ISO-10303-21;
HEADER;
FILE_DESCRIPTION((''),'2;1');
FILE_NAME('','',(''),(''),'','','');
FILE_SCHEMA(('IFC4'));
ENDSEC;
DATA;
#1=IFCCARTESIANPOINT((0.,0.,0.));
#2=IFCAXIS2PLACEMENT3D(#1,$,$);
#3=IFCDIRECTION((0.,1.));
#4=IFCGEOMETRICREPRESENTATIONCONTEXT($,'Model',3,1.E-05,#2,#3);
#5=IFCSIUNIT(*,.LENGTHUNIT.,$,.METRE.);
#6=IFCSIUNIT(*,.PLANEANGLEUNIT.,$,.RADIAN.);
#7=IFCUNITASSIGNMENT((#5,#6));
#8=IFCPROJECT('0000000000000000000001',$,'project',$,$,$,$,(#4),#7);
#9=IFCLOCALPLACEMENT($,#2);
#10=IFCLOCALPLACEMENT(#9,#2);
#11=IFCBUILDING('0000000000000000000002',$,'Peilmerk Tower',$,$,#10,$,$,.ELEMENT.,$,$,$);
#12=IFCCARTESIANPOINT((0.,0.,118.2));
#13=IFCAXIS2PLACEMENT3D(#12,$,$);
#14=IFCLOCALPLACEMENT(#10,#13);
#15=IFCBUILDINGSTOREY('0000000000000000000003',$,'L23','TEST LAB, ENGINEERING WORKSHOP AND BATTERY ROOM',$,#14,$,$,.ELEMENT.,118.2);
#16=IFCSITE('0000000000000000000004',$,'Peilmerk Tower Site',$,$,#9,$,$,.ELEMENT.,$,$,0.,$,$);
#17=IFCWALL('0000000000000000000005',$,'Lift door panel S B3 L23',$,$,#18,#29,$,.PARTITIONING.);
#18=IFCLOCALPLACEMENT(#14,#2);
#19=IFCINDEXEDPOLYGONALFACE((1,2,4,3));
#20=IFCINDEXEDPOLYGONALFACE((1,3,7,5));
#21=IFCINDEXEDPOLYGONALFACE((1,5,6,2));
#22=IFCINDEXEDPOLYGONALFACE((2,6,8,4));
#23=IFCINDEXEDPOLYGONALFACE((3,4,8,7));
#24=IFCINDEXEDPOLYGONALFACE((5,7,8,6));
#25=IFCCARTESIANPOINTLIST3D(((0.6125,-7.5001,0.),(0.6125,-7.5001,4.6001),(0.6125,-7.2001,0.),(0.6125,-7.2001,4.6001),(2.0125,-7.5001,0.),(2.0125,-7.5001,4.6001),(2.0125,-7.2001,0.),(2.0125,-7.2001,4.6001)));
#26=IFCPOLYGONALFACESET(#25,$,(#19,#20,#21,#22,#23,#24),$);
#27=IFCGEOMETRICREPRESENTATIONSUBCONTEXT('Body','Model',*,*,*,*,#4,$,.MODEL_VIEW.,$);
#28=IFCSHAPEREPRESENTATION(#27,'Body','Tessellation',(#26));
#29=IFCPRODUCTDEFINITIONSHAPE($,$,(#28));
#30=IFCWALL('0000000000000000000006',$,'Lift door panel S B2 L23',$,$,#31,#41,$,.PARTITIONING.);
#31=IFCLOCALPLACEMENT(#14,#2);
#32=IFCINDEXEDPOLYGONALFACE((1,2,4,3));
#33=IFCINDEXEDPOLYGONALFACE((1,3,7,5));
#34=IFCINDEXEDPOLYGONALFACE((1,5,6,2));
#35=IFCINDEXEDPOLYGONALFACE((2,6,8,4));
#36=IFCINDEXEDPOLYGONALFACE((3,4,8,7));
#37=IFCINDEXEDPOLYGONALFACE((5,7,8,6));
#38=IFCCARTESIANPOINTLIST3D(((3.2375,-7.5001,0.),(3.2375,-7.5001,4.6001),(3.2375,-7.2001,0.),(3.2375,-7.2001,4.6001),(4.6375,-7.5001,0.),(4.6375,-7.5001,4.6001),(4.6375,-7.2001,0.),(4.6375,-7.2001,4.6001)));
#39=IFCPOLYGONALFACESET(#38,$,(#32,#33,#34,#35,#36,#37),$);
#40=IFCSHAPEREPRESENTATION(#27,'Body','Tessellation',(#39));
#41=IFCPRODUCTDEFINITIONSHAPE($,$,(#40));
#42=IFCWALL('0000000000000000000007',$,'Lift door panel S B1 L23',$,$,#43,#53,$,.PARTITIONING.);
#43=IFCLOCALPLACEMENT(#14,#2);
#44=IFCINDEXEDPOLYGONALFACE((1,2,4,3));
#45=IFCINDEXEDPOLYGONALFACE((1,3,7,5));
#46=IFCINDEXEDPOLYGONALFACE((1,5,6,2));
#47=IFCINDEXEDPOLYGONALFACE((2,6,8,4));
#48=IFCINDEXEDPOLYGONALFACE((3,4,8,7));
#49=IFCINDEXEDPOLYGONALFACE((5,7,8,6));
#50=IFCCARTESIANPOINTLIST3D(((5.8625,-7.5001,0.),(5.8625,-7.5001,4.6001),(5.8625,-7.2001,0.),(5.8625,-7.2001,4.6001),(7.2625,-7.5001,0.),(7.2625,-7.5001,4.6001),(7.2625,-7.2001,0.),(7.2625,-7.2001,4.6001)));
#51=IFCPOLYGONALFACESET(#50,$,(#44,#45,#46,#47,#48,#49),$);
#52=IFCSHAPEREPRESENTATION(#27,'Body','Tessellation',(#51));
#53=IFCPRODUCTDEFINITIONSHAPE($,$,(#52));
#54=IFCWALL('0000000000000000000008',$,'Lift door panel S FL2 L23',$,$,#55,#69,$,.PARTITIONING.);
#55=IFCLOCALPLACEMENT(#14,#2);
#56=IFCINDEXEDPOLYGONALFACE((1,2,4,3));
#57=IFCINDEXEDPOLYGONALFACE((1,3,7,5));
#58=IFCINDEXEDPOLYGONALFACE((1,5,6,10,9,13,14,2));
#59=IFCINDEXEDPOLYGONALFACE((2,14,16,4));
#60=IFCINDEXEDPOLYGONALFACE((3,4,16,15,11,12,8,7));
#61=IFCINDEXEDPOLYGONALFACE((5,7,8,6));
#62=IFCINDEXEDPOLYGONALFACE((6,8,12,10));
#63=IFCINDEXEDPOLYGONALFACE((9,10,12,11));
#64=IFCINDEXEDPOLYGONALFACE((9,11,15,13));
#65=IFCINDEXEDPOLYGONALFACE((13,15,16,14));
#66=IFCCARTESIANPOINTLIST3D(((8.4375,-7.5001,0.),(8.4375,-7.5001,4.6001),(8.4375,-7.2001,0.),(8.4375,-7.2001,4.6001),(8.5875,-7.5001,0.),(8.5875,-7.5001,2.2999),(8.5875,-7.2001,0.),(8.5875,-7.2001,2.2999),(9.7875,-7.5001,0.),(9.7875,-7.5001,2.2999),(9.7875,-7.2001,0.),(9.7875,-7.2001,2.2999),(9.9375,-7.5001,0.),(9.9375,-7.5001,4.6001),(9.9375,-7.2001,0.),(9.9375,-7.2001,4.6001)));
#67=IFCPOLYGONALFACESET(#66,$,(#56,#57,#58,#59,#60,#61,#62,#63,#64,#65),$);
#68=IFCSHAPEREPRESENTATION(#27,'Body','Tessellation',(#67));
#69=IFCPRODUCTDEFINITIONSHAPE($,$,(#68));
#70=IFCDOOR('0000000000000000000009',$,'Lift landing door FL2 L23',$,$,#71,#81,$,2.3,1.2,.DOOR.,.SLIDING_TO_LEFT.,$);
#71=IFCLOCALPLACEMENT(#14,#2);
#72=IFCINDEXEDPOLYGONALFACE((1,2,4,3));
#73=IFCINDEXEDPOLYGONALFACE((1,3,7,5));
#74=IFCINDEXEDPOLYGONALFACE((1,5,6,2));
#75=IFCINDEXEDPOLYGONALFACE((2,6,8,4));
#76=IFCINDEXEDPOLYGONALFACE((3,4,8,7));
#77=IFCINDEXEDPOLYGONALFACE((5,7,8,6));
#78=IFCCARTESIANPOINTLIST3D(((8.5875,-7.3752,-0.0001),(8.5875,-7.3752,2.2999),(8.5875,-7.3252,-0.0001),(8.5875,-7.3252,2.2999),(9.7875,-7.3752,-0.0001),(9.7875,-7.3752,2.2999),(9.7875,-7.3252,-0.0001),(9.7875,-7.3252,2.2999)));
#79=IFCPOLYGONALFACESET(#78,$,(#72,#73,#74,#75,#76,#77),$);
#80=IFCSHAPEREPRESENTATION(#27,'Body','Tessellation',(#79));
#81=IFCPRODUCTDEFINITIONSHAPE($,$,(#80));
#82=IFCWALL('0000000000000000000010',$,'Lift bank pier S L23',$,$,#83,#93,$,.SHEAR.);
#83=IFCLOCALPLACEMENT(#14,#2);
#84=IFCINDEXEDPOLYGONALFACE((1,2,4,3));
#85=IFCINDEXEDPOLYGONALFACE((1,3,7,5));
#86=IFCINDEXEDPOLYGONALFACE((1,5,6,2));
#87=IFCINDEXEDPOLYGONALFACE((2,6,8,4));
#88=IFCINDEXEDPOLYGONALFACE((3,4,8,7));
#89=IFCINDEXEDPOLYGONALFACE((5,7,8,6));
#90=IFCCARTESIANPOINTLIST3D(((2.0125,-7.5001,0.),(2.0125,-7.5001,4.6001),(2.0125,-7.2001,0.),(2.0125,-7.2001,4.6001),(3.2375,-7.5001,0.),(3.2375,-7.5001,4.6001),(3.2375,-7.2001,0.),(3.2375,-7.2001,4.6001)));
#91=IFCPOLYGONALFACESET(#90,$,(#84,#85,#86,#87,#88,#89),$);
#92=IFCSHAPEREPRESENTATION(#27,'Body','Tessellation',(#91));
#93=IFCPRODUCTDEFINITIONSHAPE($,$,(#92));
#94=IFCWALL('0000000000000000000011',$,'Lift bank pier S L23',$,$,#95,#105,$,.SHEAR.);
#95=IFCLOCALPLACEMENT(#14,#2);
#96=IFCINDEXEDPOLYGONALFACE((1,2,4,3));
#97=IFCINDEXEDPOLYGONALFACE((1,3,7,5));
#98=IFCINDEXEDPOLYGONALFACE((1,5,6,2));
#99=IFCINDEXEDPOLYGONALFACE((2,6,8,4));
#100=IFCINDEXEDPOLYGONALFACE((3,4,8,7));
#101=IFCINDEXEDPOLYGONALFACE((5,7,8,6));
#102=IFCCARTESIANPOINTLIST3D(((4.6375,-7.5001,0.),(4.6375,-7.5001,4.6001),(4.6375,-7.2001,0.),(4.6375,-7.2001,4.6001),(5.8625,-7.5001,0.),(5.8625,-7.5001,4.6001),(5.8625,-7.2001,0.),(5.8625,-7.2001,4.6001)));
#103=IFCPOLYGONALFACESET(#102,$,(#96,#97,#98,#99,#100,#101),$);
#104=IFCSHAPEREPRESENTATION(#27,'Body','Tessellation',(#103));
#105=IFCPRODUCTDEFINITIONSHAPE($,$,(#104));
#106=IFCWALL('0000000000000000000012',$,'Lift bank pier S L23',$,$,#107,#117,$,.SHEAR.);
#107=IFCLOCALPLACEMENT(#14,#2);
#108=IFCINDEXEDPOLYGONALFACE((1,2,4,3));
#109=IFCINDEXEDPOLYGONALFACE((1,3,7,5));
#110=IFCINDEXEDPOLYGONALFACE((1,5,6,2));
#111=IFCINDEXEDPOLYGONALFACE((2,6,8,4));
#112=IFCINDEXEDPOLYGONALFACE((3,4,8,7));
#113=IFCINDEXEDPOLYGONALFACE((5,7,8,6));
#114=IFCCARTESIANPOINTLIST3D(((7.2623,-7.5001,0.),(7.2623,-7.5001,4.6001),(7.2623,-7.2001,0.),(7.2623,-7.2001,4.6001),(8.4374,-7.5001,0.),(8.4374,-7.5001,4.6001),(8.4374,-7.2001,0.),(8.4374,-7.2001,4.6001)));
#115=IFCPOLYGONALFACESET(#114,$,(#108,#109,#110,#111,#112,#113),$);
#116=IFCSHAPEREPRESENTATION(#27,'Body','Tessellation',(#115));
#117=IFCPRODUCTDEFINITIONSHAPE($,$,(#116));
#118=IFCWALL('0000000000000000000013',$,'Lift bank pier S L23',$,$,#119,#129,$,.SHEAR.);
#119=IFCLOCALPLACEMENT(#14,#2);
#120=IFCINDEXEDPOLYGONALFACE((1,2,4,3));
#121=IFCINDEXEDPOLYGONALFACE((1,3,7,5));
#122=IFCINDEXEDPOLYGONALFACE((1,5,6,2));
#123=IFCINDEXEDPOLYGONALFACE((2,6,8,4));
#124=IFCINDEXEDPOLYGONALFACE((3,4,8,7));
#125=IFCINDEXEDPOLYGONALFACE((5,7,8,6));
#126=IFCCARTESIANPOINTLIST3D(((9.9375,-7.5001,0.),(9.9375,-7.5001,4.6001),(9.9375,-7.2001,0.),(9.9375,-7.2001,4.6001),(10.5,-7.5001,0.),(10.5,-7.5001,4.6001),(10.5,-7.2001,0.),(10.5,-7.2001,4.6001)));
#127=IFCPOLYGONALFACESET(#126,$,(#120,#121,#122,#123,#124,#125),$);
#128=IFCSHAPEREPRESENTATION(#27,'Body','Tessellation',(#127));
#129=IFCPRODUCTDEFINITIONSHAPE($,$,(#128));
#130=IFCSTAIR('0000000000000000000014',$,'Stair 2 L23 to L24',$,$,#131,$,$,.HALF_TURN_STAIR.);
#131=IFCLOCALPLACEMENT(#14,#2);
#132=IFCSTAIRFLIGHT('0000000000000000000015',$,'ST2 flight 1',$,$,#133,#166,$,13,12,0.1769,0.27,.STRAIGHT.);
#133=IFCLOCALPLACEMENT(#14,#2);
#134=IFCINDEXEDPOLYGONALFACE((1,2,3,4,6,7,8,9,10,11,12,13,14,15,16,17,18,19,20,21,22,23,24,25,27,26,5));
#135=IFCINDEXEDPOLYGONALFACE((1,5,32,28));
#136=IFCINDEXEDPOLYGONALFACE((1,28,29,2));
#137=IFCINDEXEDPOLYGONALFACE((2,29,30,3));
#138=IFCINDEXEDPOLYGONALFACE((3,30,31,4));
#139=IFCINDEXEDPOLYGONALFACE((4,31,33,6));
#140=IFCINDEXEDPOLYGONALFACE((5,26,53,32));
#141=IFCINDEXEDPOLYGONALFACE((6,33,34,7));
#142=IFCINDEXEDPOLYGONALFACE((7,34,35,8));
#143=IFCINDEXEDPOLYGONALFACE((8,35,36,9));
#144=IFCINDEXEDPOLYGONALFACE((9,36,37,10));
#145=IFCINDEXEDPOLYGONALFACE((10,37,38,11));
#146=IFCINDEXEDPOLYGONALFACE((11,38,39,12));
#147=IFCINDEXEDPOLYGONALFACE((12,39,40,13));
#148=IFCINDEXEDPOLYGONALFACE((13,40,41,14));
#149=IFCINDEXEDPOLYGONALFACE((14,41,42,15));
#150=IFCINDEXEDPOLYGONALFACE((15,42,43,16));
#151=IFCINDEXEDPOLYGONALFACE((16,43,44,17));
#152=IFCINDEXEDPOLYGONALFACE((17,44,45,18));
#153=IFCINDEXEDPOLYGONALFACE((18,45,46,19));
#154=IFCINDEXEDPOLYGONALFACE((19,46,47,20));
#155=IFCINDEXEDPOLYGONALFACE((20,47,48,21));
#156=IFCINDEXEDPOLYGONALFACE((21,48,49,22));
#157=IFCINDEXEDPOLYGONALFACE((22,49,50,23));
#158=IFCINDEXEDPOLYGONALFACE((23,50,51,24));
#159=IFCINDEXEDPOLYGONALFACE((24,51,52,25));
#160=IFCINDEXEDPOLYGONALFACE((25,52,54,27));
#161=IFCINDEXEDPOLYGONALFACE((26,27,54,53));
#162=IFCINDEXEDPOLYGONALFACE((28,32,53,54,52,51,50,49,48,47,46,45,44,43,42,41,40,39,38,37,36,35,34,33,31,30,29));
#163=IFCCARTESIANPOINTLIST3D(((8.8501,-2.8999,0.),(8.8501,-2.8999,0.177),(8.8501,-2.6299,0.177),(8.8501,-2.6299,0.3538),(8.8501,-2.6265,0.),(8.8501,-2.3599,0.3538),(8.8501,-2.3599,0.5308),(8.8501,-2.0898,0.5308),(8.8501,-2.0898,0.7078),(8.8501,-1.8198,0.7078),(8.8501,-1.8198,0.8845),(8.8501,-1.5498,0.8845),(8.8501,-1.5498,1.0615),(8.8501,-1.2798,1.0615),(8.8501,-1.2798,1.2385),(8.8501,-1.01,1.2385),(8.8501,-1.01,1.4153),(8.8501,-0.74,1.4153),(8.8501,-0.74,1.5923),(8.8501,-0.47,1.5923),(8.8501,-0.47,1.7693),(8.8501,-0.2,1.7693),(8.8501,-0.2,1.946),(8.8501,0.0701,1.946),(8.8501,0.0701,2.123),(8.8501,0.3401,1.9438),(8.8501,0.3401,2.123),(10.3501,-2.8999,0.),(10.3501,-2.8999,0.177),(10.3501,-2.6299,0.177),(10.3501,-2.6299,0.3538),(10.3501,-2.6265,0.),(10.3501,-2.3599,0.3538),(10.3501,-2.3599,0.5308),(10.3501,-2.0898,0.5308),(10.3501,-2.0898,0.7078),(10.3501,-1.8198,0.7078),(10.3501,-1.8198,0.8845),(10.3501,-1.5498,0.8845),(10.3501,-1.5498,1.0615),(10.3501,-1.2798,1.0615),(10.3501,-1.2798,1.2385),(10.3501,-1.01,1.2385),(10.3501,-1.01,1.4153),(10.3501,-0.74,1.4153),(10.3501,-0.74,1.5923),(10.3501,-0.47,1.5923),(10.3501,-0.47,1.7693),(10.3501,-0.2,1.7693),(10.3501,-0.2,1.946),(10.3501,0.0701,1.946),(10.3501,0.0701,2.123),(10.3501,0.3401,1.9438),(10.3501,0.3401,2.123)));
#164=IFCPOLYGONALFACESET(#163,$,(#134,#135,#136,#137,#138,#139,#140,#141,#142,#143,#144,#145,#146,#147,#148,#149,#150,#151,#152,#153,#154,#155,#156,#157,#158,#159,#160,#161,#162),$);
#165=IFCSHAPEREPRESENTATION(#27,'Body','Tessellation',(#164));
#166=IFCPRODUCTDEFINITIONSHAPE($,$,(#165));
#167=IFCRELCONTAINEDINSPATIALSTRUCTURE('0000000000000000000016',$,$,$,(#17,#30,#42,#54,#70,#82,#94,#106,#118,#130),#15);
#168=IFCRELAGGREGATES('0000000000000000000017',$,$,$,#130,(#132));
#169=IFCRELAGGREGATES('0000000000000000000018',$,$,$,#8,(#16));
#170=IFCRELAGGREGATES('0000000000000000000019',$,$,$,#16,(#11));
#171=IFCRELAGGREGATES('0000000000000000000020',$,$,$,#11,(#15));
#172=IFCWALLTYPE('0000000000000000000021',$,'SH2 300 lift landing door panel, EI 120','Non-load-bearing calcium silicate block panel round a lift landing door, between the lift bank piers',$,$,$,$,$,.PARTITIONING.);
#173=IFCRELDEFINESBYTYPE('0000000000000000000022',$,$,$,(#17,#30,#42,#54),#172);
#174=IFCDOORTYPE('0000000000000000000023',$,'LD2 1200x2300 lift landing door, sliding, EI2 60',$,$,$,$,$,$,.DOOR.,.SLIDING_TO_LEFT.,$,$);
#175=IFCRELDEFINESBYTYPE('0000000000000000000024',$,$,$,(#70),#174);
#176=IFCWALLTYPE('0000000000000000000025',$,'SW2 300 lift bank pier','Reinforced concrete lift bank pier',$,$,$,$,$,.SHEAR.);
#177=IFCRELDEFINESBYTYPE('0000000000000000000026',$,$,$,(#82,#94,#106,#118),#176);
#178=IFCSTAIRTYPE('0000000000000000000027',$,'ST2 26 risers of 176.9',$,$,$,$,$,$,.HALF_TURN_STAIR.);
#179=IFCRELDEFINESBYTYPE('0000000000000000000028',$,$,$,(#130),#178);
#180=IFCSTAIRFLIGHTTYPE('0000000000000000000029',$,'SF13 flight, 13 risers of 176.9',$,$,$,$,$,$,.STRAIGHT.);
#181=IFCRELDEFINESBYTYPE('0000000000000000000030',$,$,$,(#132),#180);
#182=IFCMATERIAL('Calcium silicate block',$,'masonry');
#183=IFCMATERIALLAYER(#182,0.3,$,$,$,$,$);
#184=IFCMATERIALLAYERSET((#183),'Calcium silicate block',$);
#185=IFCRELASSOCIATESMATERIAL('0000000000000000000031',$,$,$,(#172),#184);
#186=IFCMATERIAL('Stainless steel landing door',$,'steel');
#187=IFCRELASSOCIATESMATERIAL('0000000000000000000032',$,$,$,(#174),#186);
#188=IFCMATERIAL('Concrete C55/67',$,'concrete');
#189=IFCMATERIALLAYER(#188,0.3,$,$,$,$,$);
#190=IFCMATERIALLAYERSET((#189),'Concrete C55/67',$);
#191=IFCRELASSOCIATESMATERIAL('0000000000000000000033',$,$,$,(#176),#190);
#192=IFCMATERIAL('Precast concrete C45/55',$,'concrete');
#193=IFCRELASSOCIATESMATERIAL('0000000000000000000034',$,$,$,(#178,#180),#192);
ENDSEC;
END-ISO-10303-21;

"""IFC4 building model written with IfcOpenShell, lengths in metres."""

from ifc_helpers import new_model, si_unit, direction, frame, frame_2d, origin, place, context, subcontext, project, spatial, polyline, rectangle, outline, extrude, material, layer, layer_set, type_object, element, fill, aggregate, save


model = new_model("IFC4")

# Units and contexts
model_context = context("Model", 3, precision=1e-05, world=origin(), true_north=direction((0.0, 1.0)))
body_context = subcontext(model_context, "Body", "Model", "MODEL_VIEW")
ifc_project = project(units=[si_unit("LENGTHUNIT", "METRE"), si_unit("PLANEANGLEUNIT", "RADIAN")], contexts=[model_context])

# Site, building, storey
site_placement = place(None, origin())
site = spatial("IfcSite", under=ifc_project, at=site_placement, Name="Peilmerk Tower Site", CompositionType="ELEMENT", RefElevation=0.0)
building_placement = place(site_placement, origin())
building = spatial("IfcBuilding", under=site, at=building_placement, Name="Peilmerk Tower", CompositionType="ELEMENT")
storey_placement = place(building_placement, frame((0.0, 0.0, 118.2)))
storey = spatial("IfcBuildingStorey", under=building, at=storey_placement, Name="L23", Description="TEST LAB, ENGINEERING WORKSHOP AND BATTERY ROOM", CompositionType="ELEMENT", Elevation=118.2)

# Walls
ifc_material_1 = material(Name="Calcium silicate block", Category="masonry")
ifc_layer_1 = layer(ifc_material_1, 0.3)
ifc_layer_set_1 = layer_set([ifc_layer_1], Name="Calcium silicate block")
wall_type_1 = type_object("IfcWallType", Name="SH2 300 lift landing door panel, EI 120", Description="Non-load-bearing calcium silicate block panel round a lift landing door, between the lift bank piers", PredefinedType="PARTITIONING", material=ifc_layer_set_1)
for number, where, z_axis, x_axis, name in (
    (1, (0.6125, -7.3501, 0.0), (0.0, 0.0, 1.0), (1.0, 0.0, 0.0), "Lift door panel S B3 L23"),
    (2, (3.2375, -7.3501, 0.0), (0.0, 0.0, 1.0), (1.0, 0.0, 0.0), "Lift door panel S B2 L23"),
    (3, (5.8625, -7.3501, 0.0), (0.0, 0.0, 1.0), (1.0, 0.0, 0.0), "Lift door panel S B1 L23"),
):
    element("IfcWall", number, at=place(storey_placement, frame(where, z_axis=z_axis, x_axis=x_axis)), inside=storey, type_object=wall_type_1, Name=name, PredefinedType="PARTITIONING", context=body_context, shape_type="SweptSolid", body=[
        extrude(rectangle(XDim=1.3999, YDim=0.3, at=frame_2d((0.7, 0.0))), origin(), (0.0, 0.0, 1.0), 4.6001),
    ])

# Wall, opening, door
wall_1_placement = place(storey_placement, frame((8.4375, -7.3501, 0.0), z_axis=(0.0, 0.0, 1.0), x_axis=(1.0, 0.0, 0.0)))
wall_1 = element("IfcWall", 4, at=wall_1_placement, inside=storey, type_object=wall_type_1, Name="Lift door panel S FL2 L23", PredefinedType="PARTITIONING", context=body_context, shape_type="SweptSolid", body=[
    extrude(rectangle(XDim=1.5, YDim=0.3, at=frame_2d((0.75, 0.0))), origin(), (0.0, 0.0, 1.0), 4.6001),
])
opening_1_placement = place(wall_1_placement, frame((0.1499, 0.0, 0.0)))
opening_1 = element("IfcOpeningElement", 5, at=opening_1_placement, cuts=wall_1, PredefinedType="OPENING", context=body_context, shape_type="SweptSolid", body=[
    extrude(rectangle(XDim=1.2, YDim=2.3, at=frame_2d((0.6001, 1.1499))), frame((0.0, 0.1599, 0.0), z_axis=(0.0, -1.0, 0.0), x_axis=(1.0, 0.0, 0.0)), (0.0, 0.0, 1.0), 0.3201),
])
ifc_material_2 = material(Name="Stainless steel landing door", Category="steel")
door_type_1 = type_object("IfcDoorType", Name="LD2 1200x2300 lift landing door, sliding, EI2 60", OperationType="SLIDING_TO_LEFT", PredefinedType="DOOR", material=ifc_material_2)
door_1_placement = place(opening_1_placement, origin())
door_1 = element("IfcDoor", 6, at=door_1_placement, inside=storey, type_object=door_type_1, Name="Lift landing door FL2 L23", OperationType="SLIDING_TO_LEFT", OverallHeight=2.3, OverallWidth=1.2, PredefinedType="DOOR", context=body_context, shape_type="SweptSolid", body=[
    extrude(rectangle(XDim=1.2, YDim=2.3, at=frame_2d((0.6001, 1.1499))), frame((0.0, 0.0249, 0.0), z_axis=(0.0, -1.0, 0.0), x_axis=(1.0, 0.0, 0.0)), (0.0, 0.0, 1.0), 0.05),
])
fill(opening_1, door_1)

# Walls
ifc_material_3 = material(Name="Concrete C55/67", Category="concrete")
ifc_layer_2 = layer(ifc_material_3, 0.3)
ifc_layer_set_2 = layer_set([ifc_layer_2], Name="Concrete C55/67")
wall_type_2 = type_object("IfcWallType", Name="SW2 300 lift bank pier", Description="Reinforced concrete lift bank pier", PredefinedType="SHEAR", material=ifc_layer_set_2)
for number, where, z_axis, x_axis, name in (
    (7, (2.0125, -7.3501, 0.0), (0.0, 0.0, 1.0), (1.0, 0.0, 0.0), "Lift bank pier S L23"),
    (8, (4.6375, -7.3501, 0.0), (0.0, 0.0, 1.0), (1.0, 0.0, 0.0), "Lift bank pier S L23"),
):
    element("IfcWall", number, at=place(storey_placement, frame(where, z_axis=z_axis, x_axis=x_axis)), inside=storey, type_object=wall_type_2, Name=name, PredefinedType="SHEAR", context=body_context, shape_type="SweptSolid", body=[
        extrude(rectangle(XDim=1.2251, YDim=0.3, at=frame_2d((0.6125, 0.0))), origin(), (0.0, 0.0, 1.0), 4.6001),
    ])
wall_2_placement = place(storey_placement, frame((7.2625, -7.3501, 0.0), z_axis=(0.0, 0.0, 1.0), x_axis=(1.0, 0.0, 0.0)))
element("IfcWall", 9, at=wall_2_placement, inside=storey, type_object=wall_type_2, Name="Lift bank pier S L23", PredefinedType="SHEAR", context=body_context, shape_type="SweptSolid", body=[
    extrude(rectangle(XDim=1.175, YDim=0.3, at=frame_2d((0.5874, 0.0))), origin(), (0.0, 0.0, 1.0), 4.6001),
])
wall_3_placement = place(storey_placement, frame((9.9375, -7.3501, 0.0), z_axis=(0.0, 0.0, 1.0), x_axis=(1.0, 0.0, 0.0)))
element("IfcWall", 10, at=wall_3_placement, inside=storey, type_object=wall_type_2, Name="Lift bank pier S L23", PredefinedType="SHEAR", context=body_context, shape_type="SweptSolid", body=[
    extrude(rectangle(XDim=0.5625, YDim=0.3, at=frame_2d((0.2812, 0.0))), origin(), (0.0, 0.0, 1.0), 4.6001),
])

# Stair, stair flight
ifc_material_4 = material(Name="Precast concrete C45/55", Category="concrete")
stair_type = type_object("IfcStairType", Name="ST2 26 risers of 176.9", PredefinedType="HALF_TURN_STAIR", material=ifc_material_4)
stair_placement = place(storey_placement, origin())
stair = element("IfcStair", 11, at=stair_placement, inside=storey, type_object=stair_type, Name="Stair 2 L23 to L24", PredefinedType="HALF_TURN_STAIR")
stair_flight_type = type_object("IfcStairFlightType", Name="SF13 flight, 13 risers of 176.9", PredefinedType="STRAIGHT", material=ifc_material_4)
stair_flight_placement = place(storey_placement, frame((9.6001, -2.8999, 0.0), z_axis=(0.0, 0.0, 1.0), x_axis=(0.0, 1.0, 0.0)))
stair_flight = element("IfcStairFlight", 12, at=stair_flight_placement, type_object=stair_flight_type, Name="ST2 flight 1", NumberOfRisers=13, NumberOfTreads=12, PredefinedType="STRAIGHT", RiserHeight=0.1769, TreadLength=0.27, context=body_context, shape_type="SweptSolid", body=[
    extrude(outline(polyline([(0.0, 0.0), (0.0, 0.177), (0.27, 0.177), (0.27, 0.3538), (0.54, 0.3538), (0.54, 0.5308), (0.8101, 0.5308), (0.8101, 0.7078), (1.0801, 0.7078), (1.0801, 0.8845), (1.3501, 0.8845), (1.3501, 1.0615), (1.6201, 1.0615), (1.6201, 1.2385), (1.8899, 1.2385), (1.8899, 1.4153), (2.1599, 1.4153), (2.1599, 1.5923), (2.4299, 1.5923), (2.4299, 1.7693), (2.7, 1.7693), (2.7, 1.946), (2.97, 1.946), (2.97, 2.123), (3.24, 2.123), (3.24, 2.3), (3.24, 1.9438), (0.2734, 0.0), (0.0, 0.0)])), frame((0.0, 0.75, 0.0), z_axis=(0.0, -1.0, 0.0), x_axis=(1.0, 0.0, 0.0)), (0.0, 0.0, 1.0), 1.5),
])
aggregate(stair, [stair_flight])

save(model, "model.ifc")
